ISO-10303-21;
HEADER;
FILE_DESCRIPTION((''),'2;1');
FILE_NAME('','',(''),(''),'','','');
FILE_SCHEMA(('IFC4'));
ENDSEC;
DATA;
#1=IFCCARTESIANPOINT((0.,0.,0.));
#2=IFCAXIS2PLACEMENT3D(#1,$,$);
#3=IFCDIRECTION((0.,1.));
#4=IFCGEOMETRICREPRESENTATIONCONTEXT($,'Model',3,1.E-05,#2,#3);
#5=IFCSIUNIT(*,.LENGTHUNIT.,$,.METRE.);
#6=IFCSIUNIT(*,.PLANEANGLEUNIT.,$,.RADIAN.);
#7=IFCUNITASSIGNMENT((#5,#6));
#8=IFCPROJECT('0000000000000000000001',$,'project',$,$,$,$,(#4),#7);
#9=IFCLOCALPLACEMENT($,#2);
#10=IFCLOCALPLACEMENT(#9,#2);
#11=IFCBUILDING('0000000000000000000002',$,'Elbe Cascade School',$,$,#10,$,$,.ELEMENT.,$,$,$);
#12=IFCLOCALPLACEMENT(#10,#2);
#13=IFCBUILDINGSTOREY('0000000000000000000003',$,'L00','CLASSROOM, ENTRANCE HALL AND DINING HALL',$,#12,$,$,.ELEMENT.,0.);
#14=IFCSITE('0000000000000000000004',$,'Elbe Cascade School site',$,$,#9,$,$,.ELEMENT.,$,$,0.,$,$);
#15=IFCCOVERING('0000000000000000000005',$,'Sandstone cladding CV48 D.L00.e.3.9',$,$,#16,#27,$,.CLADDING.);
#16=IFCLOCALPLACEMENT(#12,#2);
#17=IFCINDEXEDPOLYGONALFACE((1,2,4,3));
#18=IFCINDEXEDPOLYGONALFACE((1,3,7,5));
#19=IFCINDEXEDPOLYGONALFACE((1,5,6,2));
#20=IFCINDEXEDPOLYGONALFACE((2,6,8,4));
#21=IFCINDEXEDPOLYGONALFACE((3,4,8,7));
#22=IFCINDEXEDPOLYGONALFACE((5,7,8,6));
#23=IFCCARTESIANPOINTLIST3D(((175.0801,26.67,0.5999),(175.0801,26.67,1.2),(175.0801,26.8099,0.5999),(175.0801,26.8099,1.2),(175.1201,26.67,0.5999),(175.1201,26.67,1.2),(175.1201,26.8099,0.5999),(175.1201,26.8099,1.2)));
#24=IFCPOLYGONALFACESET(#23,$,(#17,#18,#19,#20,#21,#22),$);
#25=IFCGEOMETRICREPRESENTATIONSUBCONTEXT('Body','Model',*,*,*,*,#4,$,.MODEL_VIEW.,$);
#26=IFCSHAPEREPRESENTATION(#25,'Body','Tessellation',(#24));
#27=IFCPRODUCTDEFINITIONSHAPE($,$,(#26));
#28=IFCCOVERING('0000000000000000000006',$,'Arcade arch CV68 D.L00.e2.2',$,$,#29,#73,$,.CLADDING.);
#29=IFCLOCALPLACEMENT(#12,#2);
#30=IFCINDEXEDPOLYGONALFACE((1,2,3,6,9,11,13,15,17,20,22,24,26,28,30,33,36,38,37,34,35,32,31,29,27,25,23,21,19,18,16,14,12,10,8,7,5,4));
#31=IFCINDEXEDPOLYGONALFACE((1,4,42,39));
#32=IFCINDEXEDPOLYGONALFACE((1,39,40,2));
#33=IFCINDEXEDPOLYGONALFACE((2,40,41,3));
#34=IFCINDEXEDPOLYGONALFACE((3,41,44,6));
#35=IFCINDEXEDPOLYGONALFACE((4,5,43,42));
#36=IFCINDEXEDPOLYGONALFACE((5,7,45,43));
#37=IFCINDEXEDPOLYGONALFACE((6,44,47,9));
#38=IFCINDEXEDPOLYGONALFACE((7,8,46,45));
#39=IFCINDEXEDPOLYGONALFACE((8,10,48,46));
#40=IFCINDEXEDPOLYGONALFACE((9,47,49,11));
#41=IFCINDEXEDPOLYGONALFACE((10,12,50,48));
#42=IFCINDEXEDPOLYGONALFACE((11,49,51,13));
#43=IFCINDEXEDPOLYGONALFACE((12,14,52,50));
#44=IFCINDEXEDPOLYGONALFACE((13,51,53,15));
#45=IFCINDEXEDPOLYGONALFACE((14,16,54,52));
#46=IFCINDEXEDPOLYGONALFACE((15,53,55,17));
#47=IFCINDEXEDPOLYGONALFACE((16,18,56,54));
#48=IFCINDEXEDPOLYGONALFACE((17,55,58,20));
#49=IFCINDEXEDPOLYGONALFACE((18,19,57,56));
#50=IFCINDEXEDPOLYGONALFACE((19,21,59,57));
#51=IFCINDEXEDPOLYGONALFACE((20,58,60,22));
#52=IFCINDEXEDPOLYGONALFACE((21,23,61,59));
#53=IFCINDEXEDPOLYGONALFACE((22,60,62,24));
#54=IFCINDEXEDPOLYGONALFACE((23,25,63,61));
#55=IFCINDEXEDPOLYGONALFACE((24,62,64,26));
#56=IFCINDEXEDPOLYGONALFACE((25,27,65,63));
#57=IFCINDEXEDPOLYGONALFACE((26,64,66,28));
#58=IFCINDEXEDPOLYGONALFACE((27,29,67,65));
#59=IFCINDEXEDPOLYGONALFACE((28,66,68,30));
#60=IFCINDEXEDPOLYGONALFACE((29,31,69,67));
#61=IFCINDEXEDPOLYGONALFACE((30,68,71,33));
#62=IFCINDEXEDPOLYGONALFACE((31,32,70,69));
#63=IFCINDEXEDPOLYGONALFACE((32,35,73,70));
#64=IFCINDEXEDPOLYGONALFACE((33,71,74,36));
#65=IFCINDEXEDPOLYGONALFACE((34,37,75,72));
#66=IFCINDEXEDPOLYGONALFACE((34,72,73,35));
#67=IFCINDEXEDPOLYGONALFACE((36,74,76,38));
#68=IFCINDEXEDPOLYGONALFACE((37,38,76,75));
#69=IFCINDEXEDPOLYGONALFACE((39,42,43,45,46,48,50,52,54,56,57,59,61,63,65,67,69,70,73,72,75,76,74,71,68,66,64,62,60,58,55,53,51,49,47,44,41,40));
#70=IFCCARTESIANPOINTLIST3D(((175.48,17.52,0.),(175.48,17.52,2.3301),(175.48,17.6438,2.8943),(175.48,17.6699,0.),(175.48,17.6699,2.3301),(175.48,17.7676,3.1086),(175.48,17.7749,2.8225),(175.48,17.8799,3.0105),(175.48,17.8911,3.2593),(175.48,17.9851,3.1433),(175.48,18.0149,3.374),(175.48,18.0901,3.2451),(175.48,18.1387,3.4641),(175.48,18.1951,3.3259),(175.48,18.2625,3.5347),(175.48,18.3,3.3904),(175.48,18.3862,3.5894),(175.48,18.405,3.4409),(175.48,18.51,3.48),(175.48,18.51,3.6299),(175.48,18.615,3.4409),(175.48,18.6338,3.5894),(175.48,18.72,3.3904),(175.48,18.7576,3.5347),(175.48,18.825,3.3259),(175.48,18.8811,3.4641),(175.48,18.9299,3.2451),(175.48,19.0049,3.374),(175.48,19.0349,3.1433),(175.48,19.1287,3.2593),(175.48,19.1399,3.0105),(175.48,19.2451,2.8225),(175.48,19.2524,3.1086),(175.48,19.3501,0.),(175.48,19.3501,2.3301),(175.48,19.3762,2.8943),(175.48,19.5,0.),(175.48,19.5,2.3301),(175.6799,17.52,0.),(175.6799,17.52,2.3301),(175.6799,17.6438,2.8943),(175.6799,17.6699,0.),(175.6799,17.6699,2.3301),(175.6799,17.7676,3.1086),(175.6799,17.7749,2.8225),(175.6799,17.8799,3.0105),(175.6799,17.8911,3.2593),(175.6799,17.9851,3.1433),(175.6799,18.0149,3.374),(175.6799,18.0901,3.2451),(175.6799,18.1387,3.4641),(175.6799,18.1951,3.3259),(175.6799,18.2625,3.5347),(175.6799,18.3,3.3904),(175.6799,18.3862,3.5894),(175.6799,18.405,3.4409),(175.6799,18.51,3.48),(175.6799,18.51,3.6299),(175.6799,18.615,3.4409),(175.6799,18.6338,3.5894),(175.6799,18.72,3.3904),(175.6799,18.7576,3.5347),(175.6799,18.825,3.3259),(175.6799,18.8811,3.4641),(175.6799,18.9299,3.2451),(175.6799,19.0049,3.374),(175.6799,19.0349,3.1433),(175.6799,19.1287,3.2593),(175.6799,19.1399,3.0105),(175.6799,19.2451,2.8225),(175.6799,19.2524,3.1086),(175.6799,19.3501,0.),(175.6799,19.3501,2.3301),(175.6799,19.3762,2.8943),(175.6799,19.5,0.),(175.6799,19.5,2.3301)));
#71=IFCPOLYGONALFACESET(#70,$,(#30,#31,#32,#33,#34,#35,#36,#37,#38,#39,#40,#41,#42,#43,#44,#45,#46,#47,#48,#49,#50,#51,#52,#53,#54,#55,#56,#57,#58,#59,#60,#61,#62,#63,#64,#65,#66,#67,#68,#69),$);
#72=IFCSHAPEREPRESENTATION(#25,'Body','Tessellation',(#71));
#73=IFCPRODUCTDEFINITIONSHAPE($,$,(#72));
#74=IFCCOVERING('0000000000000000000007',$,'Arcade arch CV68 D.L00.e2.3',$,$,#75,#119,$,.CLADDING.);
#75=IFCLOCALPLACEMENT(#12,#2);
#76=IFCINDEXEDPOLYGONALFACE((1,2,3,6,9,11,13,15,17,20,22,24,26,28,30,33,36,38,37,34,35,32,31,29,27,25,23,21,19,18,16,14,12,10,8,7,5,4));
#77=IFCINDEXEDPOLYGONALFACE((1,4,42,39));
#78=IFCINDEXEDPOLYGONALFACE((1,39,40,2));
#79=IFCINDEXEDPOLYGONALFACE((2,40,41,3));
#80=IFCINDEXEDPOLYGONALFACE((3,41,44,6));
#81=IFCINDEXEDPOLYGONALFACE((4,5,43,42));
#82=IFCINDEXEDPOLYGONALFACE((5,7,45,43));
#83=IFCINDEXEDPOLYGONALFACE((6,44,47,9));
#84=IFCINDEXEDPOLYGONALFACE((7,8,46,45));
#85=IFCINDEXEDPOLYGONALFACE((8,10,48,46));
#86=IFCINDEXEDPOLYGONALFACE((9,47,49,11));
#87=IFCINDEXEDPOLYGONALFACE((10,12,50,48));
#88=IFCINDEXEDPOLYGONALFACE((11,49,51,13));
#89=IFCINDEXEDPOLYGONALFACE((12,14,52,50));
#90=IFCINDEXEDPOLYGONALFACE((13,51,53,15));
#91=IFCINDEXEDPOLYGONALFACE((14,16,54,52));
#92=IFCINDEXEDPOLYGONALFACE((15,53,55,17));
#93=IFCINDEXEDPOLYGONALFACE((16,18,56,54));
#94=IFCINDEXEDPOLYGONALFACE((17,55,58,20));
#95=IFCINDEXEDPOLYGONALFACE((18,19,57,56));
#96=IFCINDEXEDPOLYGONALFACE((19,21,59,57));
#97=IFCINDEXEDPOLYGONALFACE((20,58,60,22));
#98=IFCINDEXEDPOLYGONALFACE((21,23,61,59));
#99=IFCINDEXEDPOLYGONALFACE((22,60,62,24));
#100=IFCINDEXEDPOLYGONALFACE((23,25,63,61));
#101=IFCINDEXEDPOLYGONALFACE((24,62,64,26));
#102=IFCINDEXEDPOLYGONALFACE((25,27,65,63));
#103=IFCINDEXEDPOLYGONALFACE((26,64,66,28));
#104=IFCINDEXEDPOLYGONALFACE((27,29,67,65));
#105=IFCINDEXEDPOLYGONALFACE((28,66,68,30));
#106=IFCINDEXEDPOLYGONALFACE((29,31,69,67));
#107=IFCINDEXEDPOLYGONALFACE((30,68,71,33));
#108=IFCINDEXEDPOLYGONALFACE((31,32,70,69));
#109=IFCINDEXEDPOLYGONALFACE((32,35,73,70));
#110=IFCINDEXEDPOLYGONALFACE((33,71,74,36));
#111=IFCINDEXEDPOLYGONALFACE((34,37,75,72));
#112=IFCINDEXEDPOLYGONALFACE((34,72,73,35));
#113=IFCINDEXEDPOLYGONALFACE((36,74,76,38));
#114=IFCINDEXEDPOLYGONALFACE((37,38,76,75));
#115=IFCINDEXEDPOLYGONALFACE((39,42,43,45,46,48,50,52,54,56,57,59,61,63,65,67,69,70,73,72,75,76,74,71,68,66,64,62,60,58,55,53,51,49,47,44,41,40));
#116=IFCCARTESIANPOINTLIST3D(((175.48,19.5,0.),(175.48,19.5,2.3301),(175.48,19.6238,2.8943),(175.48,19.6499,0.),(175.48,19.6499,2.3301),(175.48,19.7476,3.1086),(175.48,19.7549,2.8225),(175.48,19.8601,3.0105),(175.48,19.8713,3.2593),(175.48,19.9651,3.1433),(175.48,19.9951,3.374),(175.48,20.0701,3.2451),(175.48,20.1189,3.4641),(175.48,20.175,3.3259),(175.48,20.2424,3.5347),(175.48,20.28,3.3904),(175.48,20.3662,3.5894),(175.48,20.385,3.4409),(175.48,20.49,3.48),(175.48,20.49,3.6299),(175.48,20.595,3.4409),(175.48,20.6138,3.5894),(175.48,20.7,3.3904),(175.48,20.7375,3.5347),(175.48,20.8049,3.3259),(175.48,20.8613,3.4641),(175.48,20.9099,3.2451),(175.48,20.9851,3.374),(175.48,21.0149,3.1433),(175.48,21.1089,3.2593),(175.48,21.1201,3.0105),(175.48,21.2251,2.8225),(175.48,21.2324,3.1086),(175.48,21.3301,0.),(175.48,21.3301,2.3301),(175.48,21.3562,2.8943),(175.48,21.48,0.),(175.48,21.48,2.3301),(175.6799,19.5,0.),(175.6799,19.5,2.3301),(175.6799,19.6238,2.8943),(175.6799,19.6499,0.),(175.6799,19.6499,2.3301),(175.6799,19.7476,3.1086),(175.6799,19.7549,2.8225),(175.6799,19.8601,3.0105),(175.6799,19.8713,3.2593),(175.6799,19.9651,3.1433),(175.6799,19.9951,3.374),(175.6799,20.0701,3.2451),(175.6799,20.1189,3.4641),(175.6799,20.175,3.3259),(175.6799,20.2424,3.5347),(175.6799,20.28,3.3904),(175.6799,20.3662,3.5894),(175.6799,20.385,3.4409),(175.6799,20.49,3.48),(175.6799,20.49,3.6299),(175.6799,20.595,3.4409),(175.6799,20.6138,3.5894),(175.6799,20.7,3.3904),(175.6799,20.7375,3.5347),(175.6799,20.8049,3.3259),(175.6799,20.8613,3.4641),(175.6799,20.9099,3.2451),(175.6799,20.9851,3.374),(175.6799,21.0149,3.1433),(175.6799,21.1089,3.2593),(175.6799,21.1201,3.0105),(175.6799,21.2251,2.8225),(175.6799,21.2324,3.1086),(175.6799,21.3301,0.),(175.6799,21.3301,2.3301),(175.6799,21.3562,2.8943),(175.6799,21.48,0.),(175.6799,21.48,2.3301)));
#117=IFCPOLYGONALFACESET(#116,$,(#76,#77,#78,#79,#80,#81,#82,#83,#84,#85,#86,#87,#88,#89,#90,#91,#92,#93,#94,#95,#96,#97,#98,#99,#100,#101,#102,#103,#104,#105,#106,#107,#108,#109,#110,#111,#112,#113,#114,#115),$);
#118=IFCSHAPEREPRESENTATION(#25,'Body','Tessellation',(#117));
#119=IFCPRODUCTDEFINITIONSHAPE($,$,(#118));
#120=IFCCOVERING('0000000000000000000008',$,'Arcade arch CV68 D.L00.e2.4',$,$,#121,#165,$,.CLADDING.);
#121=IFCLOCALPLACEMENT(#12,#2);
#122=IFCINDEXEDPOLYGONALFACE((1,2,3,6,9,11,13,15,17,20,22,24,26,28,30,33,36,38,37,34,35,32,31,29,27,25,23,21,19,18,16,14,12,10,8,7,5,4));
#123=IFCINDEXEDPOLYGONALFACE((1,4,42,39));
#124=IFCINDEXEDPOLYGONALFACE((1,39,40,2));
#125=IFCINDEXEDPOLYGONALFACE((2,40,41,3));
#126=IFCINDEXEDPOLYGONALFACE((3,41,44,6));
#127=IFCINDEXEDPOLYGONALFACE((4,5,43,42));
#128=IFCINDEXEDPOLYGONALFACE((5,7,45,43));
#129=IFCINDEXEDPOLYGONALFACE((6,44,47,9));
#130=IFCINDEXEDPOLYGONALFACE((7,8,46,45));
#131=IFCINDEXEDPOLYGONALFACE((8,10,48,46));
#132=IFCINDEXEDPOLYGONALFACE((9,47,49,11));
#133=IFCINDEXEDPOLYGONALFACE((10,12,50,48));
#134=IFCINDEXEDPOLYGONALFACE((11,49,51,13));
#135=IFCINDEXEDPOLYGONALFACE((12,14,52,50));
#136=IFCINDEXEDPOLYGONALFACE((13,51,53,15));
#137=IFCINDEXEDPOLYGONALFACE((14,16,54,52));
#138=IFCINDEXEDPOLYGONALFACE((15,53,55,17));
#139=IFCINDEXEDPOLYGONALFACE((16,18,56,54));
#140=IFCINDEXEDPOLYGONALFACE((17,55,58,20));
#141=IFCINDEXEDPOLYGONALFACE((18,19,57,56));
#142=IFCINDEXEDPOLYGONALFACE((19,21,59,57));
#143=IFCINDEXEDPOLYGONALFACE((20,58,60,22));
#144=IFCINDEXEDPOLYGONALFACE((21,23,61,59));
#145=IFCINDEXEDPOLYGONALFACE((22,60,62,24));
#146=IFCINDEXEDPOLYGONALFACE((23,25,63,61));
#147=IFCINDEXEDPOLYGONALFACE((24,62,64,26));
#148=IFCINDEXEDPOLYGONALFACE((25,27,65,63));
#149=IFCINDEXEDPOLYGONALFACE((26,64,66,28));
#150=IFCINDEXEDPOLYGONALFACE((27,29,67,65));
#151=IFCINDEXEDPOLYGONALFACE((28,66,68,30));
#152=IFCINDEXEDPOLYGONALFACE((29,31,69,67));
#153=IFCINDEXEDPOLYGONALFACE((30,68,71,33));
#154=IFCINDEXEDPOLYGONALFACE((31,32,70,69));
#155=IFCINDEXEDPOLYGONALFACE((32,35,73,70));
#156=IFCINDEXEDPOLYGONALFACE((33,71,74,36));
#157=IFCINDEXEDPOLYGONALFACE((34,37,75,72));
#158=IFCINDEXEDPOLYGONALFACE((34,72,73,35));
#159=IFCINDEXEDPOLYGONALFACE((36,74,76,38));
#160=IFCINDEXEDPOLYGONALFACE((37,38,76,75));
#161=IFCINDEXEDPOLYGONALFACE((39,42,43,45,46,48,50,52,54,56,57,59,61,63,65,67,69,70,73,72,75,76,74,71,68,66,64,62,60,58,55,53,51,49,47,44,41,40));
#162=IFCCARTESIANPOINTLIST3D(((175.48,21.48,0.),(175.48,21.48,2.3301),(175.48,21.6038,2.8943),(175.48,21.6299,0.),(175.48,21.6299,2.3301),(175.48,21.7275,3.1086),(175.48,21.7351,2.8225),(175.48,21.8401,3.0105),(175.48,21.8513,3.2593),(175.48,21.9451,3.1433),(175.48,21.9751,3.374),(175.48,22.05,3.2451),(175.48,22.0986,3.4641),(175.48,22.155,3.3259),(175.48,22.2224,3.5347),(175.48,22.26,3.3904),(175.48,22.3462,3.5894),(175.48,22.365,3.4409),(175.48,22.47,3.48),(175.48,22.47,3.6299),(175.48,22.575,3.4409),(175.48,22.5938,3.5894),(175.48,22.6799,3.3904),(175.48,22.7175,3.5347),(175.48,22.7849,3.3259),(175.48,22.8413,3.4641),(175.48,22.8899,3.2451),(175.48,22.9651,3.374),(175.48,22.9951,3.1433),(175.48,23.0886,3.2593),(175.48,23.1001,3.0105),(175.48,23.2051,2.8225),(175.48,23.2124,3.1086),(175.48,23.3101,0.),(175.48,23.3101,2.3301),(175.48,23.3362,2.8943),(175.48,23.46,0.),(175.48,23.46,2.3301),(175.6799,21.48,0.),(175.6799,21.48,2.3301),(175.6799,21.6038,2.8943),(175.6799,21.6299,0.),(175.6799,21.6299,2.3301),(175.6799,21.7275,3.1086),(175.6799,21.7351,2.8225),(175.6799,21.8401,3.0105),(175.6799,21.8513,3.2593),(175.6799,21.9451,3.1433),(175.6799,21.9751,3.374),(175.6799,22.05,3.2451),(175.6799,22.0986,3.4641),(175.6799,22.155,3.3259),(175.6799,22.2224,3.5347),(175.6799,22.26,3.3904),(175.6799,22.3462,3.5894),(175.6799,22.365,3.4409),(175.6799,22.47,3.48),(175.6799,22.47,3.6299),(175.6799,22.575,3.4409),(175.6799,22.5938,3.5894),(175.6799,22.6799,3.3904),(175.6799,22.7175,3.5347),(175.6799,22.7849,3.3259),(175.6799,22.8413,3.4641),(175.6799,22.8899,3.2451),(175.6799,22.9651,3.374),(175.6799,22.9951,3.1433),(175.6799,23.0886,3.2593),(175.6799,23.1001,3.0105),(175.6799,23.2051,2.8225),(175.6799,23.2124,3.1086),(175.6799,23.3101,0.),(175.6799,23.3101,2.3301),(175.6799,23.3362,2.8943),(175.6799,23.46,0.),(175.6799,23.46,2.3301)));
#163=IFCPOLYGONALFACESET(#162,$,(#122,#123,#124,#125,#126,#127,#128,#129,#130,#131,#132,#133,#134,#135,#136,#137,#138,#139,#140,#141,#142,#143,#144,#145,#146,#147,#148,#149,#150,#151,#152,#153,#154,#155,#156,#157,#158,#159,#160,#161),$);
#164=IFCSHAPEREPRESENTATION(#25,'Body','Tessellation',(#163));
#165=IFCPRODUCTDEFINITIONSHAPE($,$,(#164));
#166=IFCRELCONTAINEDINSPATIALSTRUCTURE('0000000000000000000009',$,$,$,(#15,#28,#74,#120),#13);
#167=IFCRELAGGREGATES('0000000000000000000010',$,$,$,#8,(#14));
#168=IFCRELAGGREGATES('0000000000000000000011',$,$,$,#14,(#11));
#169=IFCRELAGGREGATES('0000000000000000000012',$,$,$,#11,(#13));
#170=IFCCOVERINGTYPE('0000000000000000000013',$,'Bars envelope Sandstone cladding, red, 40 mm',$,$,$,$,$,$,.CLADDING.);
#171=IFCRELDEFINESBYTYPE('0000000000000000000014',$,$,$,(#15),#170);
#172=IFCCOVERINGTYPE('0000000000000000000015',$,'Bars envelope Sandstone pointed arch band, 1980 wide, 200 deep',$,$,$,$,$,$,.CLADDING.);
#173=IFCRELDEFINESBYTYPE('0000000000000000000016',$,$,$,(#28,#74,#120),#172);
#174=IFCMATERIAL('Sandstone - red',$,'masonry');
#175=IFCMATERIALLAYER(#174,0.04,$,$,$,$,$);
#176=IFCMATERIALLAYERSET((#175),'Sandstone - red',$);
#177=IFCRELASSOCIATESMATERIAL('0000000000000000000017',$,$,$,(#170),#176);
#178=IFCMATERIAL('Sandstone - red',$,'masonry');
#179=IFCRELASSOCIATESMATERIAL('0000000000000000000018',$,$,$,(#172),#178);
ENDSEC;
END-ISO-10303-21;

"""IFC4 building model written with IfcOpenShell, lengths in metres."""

from ifc_helpers import new_model, si_unit, direction, frame, origin, origin_2d, place, context, subcontext, project, spatial, polyline, rectangle, outline, extrude, material, layer, layer_set, type_object, element, save


model = new_model("IFC4")

# Units and contexts
model_context = context("Model", 3, precision=1e-05, world=origin(), true_north=direction((0.0, 1.0)))
body_context = subcontext(model_context, "Body", "Model", "MODEL_VIEW")
ifc_project = project(units=[si_unit("LENGTHUNIT", "METRE"), si_unit("PLANEANGLEUNIT", "RADIAN")], contexts=[model_context])

# Site, building, storey
site_placement = place(None, origin())
site = spatial("IfcSite", under=ifc_project, at=site_placement, Name="Elbe Cascade School site", CompositionType="ELEMENT", RefElevation=0.0)
building_placement = place(site_placement, origin())
building = spatial("IfcBuilding", under=site, at=building_placement, Name="Elbe Cascade School", CompositionType="ELEMENT")
storey_placement = place(building_placement, origin())
storey = spatial("IfcBuildingStorey", under=building, at=storey_placement, Name="L00", Description="CLASSROOM, ENTRANCE HALL AND DINING HALL", CompositionType="ELEMENT", Elevation=0.0)

# Coverings
ifc_material_1 = material(Name="Sandstone - red", Category="masonry")
ifc_layer_1 = layer(ifc_material_1, 0.04)
ifc_layer_set_1 = layer_set([ifc_layer_1], Name="Sandstone - red")
covering_type_1 = type_object("IfcCoveringType", Name="Bars envelope Sandstone cladding, red, 40 mm", PredefinedType="CLADDING", material=ifc_layer_set_1)
for number, where, z_axis, x_axis, name in (
    (1, (175.1001, 26.74, 0.5999), (0.0, 0.0, 1.0), (0.0, 1.0, 0.0), "Sandstone cladding CV48 D.L00.e.3.9"),
):
    element("IfcCovering", number, at=place(storey_placement, frame(where, z_axis=z_axis, x_axis=x_axis)), inside=storey, type_object=covering_type_1, Name=name, PredefinedType="CLADDING", context=body_context, shape_type="SweptSolid", body=[
        extrude(rectangle(XDim=0.1399, YDim=0.04, at=origin_2d()), origin(), (0.0, 0.0, 1.0), 0.6001),
    ])
ifc_material_2 = material(Name="Sandstone - red", Category="masonry")
covering_type_2 = type_object("IfcCoveringType", Name="Bars envelope Sandstone pointed arch band, 1980 wide, 200 deep", PredefinedType="CLADDING", material=ifc_material_2)
covering_1_placement = place(storey_placement, frame((175.6799, 17.6699, 0.0), z_axis=(1.0, 0.0, 0.0), x_axis=(0.0, 0.0, 1.0)))
element("IfcCovering", 2, at=covering_1_placement, inside=storey, type_object=covering_type_2, Name="Arcade arch CV68 D.L00.e2.2", PredefinedType="CLADDING", context=body_context, shape_type="SweptSolid", body=[
    extrude(outline(polyline([(0.0, 0.0), (2.3301, 0.0), (2.8225, -0.105), (3.0105, -0.21), (3.1433, -0.3152), (3.2451, -0.4202), (3.3259, -0.5251), (3.3904, -0.6301), (3.4409, -0.7351), (3.48, -0.8401), (3.4409, -0.9451), (3.3904, -1.05), (3.3259, -1.155), (3.2451, -1.26), (3.1433, -1.365), (3.0105, -1.47), (2.8225, -1.5752), (2.3301, -1.6802), (0.0, -1.6802), (0.0, -1.8301), (2.3301, -1.8301), (2.8943, -1.7063), (3.1086, -1.5825), (3.2593, -1.4587), (3.374, -1.335), (3.4641, -1.2112), (3.5347, -1.0876), (3.5894, -0.9639), (3.6299, -0.8401), (3.5894, -0.7163), (3.5347, -0.5925), (3.4641, -0.4688), (3.374, -0.345), (3.2593, -0.2212), (3.1086, -0.0977), (2.8943, 0.0261), (2.3301, 0.1499), (0.0, 0.1499), (0.0, 0.0)])), origin(), (0.0, 0.0, -1.0), 0.2),
])
covering_2_placement = place(storey_placement, frame((175.6799, 19.6499, 0.0), z_axis=(1.0, 0.0, 0.0), x_axis=(0.0, 0.0, 1.0)))
element("IfcCovering", 3, at=covering_2_placement, inside=storey, type_object=covering_type_2, Name="Arcade arch CV68 D.L00.e2.3", PredefinedType="CLADDING", context=body_context, shape_type="SweptSolid", body=[
    extrude(outline(polyline([(0.0, 0.0), (2.3301, 0.0), (2.8225, -0.105), (3.0105, -0.2102), (3.1433, -0.3152), (3.2451, -0.4202), (3.3259, -0.5251), (3.3904, -0.6301), (3.4409, -0.7351), (3.48, -0.8401), (3.4409, -0.9451), (3.3904, -1.05), (3.3259, -1.155), (3.2451, -1.26), (3.1433, -1.365), (3.0105, -1.4702), (2.8225, -1.5752), (2.3301, -1.6802), (0.0, -1.6802), (0.0, -1.8301), (2.3301, -1.8301), (2.8943, -1.7063), (3.1086, -1.5825), (3.2593, -1.459), (3.374, -1.3352), (3.4641, -1.2114), (3.5347, -1.0876), (3.5894, -0.9639), (3.6299, -0.8401), (3.5894, -0.7163), (3.5347, -0.5925), (3.4641, -0.469), (3.374, -0.3452), (3.2593, -0.2214), (3.1086, -0.0977), (2.8943, 0.0261), (2.3301, 0.1499), (0.0, 0.1499), (0.0, 0.0)])), origin(), (0.0, 0.0, -1.0), 0.2),
])
covering_3_placement = place(storey_placement, frame((175.6799, 21.6299, 0.0), z_axis=(1.0, 0.0, 0.0), x_axis=(0.0, 0.0, 1.0)))
element("IfcCovering", 4, at=covering_3_placement, inside=storey, type_object=covering_type_2, Name="Arcade arch CV68 D.L00.e2.4", PredefinedType="CLADDING", context=body_context, shape_type="SweptSolid", body=[
    extrude(outline(polyline([(0.0, 0.0), (2.3301, 0.0), (2.8225, -0.1052), (3.0105, -0.2102), (3.1433, -0.3152), (3.2451, -0.4202), (3.3259, -0.5251), (3.3904, -0.6301), (3.4409, -0.7351), (3.48, -0.8401), (3.4409, -0.9451), (3.3904, -1.05), (3.3259, -1.155), (3.2451, -1.26), (3.1433, -1.3652), (3.0105, -1.4702), (2.8225, -1.5752), (2.3301, -1.6802), (0.0, -1.6802), (0.0, -1.8301), (2.3301, -1.8301), (2.8943, -1.7063), (3.1086, -1.5825), (3.2593, -1.4587), (3.374, -1.3352), (3.4641, -1.2114), (3.5347, -1.0876), (3.5894, -0.9639), (3.6299, -0.8401), (3.5894, -0.7163), (3.5347, -0.5925), (3.4641, -0.4688), (3.374, -0.3452), (3.2593, -0.2214), (3.1086, -0.0977), (2.8943, 0.0261), (2.3301, 0.1499), (0.0, 0.1499), (0.0, 0.0)])), origin(), (0.0, 0.0, -1.0), 0.2),
])

save(model, "model.ifc")
